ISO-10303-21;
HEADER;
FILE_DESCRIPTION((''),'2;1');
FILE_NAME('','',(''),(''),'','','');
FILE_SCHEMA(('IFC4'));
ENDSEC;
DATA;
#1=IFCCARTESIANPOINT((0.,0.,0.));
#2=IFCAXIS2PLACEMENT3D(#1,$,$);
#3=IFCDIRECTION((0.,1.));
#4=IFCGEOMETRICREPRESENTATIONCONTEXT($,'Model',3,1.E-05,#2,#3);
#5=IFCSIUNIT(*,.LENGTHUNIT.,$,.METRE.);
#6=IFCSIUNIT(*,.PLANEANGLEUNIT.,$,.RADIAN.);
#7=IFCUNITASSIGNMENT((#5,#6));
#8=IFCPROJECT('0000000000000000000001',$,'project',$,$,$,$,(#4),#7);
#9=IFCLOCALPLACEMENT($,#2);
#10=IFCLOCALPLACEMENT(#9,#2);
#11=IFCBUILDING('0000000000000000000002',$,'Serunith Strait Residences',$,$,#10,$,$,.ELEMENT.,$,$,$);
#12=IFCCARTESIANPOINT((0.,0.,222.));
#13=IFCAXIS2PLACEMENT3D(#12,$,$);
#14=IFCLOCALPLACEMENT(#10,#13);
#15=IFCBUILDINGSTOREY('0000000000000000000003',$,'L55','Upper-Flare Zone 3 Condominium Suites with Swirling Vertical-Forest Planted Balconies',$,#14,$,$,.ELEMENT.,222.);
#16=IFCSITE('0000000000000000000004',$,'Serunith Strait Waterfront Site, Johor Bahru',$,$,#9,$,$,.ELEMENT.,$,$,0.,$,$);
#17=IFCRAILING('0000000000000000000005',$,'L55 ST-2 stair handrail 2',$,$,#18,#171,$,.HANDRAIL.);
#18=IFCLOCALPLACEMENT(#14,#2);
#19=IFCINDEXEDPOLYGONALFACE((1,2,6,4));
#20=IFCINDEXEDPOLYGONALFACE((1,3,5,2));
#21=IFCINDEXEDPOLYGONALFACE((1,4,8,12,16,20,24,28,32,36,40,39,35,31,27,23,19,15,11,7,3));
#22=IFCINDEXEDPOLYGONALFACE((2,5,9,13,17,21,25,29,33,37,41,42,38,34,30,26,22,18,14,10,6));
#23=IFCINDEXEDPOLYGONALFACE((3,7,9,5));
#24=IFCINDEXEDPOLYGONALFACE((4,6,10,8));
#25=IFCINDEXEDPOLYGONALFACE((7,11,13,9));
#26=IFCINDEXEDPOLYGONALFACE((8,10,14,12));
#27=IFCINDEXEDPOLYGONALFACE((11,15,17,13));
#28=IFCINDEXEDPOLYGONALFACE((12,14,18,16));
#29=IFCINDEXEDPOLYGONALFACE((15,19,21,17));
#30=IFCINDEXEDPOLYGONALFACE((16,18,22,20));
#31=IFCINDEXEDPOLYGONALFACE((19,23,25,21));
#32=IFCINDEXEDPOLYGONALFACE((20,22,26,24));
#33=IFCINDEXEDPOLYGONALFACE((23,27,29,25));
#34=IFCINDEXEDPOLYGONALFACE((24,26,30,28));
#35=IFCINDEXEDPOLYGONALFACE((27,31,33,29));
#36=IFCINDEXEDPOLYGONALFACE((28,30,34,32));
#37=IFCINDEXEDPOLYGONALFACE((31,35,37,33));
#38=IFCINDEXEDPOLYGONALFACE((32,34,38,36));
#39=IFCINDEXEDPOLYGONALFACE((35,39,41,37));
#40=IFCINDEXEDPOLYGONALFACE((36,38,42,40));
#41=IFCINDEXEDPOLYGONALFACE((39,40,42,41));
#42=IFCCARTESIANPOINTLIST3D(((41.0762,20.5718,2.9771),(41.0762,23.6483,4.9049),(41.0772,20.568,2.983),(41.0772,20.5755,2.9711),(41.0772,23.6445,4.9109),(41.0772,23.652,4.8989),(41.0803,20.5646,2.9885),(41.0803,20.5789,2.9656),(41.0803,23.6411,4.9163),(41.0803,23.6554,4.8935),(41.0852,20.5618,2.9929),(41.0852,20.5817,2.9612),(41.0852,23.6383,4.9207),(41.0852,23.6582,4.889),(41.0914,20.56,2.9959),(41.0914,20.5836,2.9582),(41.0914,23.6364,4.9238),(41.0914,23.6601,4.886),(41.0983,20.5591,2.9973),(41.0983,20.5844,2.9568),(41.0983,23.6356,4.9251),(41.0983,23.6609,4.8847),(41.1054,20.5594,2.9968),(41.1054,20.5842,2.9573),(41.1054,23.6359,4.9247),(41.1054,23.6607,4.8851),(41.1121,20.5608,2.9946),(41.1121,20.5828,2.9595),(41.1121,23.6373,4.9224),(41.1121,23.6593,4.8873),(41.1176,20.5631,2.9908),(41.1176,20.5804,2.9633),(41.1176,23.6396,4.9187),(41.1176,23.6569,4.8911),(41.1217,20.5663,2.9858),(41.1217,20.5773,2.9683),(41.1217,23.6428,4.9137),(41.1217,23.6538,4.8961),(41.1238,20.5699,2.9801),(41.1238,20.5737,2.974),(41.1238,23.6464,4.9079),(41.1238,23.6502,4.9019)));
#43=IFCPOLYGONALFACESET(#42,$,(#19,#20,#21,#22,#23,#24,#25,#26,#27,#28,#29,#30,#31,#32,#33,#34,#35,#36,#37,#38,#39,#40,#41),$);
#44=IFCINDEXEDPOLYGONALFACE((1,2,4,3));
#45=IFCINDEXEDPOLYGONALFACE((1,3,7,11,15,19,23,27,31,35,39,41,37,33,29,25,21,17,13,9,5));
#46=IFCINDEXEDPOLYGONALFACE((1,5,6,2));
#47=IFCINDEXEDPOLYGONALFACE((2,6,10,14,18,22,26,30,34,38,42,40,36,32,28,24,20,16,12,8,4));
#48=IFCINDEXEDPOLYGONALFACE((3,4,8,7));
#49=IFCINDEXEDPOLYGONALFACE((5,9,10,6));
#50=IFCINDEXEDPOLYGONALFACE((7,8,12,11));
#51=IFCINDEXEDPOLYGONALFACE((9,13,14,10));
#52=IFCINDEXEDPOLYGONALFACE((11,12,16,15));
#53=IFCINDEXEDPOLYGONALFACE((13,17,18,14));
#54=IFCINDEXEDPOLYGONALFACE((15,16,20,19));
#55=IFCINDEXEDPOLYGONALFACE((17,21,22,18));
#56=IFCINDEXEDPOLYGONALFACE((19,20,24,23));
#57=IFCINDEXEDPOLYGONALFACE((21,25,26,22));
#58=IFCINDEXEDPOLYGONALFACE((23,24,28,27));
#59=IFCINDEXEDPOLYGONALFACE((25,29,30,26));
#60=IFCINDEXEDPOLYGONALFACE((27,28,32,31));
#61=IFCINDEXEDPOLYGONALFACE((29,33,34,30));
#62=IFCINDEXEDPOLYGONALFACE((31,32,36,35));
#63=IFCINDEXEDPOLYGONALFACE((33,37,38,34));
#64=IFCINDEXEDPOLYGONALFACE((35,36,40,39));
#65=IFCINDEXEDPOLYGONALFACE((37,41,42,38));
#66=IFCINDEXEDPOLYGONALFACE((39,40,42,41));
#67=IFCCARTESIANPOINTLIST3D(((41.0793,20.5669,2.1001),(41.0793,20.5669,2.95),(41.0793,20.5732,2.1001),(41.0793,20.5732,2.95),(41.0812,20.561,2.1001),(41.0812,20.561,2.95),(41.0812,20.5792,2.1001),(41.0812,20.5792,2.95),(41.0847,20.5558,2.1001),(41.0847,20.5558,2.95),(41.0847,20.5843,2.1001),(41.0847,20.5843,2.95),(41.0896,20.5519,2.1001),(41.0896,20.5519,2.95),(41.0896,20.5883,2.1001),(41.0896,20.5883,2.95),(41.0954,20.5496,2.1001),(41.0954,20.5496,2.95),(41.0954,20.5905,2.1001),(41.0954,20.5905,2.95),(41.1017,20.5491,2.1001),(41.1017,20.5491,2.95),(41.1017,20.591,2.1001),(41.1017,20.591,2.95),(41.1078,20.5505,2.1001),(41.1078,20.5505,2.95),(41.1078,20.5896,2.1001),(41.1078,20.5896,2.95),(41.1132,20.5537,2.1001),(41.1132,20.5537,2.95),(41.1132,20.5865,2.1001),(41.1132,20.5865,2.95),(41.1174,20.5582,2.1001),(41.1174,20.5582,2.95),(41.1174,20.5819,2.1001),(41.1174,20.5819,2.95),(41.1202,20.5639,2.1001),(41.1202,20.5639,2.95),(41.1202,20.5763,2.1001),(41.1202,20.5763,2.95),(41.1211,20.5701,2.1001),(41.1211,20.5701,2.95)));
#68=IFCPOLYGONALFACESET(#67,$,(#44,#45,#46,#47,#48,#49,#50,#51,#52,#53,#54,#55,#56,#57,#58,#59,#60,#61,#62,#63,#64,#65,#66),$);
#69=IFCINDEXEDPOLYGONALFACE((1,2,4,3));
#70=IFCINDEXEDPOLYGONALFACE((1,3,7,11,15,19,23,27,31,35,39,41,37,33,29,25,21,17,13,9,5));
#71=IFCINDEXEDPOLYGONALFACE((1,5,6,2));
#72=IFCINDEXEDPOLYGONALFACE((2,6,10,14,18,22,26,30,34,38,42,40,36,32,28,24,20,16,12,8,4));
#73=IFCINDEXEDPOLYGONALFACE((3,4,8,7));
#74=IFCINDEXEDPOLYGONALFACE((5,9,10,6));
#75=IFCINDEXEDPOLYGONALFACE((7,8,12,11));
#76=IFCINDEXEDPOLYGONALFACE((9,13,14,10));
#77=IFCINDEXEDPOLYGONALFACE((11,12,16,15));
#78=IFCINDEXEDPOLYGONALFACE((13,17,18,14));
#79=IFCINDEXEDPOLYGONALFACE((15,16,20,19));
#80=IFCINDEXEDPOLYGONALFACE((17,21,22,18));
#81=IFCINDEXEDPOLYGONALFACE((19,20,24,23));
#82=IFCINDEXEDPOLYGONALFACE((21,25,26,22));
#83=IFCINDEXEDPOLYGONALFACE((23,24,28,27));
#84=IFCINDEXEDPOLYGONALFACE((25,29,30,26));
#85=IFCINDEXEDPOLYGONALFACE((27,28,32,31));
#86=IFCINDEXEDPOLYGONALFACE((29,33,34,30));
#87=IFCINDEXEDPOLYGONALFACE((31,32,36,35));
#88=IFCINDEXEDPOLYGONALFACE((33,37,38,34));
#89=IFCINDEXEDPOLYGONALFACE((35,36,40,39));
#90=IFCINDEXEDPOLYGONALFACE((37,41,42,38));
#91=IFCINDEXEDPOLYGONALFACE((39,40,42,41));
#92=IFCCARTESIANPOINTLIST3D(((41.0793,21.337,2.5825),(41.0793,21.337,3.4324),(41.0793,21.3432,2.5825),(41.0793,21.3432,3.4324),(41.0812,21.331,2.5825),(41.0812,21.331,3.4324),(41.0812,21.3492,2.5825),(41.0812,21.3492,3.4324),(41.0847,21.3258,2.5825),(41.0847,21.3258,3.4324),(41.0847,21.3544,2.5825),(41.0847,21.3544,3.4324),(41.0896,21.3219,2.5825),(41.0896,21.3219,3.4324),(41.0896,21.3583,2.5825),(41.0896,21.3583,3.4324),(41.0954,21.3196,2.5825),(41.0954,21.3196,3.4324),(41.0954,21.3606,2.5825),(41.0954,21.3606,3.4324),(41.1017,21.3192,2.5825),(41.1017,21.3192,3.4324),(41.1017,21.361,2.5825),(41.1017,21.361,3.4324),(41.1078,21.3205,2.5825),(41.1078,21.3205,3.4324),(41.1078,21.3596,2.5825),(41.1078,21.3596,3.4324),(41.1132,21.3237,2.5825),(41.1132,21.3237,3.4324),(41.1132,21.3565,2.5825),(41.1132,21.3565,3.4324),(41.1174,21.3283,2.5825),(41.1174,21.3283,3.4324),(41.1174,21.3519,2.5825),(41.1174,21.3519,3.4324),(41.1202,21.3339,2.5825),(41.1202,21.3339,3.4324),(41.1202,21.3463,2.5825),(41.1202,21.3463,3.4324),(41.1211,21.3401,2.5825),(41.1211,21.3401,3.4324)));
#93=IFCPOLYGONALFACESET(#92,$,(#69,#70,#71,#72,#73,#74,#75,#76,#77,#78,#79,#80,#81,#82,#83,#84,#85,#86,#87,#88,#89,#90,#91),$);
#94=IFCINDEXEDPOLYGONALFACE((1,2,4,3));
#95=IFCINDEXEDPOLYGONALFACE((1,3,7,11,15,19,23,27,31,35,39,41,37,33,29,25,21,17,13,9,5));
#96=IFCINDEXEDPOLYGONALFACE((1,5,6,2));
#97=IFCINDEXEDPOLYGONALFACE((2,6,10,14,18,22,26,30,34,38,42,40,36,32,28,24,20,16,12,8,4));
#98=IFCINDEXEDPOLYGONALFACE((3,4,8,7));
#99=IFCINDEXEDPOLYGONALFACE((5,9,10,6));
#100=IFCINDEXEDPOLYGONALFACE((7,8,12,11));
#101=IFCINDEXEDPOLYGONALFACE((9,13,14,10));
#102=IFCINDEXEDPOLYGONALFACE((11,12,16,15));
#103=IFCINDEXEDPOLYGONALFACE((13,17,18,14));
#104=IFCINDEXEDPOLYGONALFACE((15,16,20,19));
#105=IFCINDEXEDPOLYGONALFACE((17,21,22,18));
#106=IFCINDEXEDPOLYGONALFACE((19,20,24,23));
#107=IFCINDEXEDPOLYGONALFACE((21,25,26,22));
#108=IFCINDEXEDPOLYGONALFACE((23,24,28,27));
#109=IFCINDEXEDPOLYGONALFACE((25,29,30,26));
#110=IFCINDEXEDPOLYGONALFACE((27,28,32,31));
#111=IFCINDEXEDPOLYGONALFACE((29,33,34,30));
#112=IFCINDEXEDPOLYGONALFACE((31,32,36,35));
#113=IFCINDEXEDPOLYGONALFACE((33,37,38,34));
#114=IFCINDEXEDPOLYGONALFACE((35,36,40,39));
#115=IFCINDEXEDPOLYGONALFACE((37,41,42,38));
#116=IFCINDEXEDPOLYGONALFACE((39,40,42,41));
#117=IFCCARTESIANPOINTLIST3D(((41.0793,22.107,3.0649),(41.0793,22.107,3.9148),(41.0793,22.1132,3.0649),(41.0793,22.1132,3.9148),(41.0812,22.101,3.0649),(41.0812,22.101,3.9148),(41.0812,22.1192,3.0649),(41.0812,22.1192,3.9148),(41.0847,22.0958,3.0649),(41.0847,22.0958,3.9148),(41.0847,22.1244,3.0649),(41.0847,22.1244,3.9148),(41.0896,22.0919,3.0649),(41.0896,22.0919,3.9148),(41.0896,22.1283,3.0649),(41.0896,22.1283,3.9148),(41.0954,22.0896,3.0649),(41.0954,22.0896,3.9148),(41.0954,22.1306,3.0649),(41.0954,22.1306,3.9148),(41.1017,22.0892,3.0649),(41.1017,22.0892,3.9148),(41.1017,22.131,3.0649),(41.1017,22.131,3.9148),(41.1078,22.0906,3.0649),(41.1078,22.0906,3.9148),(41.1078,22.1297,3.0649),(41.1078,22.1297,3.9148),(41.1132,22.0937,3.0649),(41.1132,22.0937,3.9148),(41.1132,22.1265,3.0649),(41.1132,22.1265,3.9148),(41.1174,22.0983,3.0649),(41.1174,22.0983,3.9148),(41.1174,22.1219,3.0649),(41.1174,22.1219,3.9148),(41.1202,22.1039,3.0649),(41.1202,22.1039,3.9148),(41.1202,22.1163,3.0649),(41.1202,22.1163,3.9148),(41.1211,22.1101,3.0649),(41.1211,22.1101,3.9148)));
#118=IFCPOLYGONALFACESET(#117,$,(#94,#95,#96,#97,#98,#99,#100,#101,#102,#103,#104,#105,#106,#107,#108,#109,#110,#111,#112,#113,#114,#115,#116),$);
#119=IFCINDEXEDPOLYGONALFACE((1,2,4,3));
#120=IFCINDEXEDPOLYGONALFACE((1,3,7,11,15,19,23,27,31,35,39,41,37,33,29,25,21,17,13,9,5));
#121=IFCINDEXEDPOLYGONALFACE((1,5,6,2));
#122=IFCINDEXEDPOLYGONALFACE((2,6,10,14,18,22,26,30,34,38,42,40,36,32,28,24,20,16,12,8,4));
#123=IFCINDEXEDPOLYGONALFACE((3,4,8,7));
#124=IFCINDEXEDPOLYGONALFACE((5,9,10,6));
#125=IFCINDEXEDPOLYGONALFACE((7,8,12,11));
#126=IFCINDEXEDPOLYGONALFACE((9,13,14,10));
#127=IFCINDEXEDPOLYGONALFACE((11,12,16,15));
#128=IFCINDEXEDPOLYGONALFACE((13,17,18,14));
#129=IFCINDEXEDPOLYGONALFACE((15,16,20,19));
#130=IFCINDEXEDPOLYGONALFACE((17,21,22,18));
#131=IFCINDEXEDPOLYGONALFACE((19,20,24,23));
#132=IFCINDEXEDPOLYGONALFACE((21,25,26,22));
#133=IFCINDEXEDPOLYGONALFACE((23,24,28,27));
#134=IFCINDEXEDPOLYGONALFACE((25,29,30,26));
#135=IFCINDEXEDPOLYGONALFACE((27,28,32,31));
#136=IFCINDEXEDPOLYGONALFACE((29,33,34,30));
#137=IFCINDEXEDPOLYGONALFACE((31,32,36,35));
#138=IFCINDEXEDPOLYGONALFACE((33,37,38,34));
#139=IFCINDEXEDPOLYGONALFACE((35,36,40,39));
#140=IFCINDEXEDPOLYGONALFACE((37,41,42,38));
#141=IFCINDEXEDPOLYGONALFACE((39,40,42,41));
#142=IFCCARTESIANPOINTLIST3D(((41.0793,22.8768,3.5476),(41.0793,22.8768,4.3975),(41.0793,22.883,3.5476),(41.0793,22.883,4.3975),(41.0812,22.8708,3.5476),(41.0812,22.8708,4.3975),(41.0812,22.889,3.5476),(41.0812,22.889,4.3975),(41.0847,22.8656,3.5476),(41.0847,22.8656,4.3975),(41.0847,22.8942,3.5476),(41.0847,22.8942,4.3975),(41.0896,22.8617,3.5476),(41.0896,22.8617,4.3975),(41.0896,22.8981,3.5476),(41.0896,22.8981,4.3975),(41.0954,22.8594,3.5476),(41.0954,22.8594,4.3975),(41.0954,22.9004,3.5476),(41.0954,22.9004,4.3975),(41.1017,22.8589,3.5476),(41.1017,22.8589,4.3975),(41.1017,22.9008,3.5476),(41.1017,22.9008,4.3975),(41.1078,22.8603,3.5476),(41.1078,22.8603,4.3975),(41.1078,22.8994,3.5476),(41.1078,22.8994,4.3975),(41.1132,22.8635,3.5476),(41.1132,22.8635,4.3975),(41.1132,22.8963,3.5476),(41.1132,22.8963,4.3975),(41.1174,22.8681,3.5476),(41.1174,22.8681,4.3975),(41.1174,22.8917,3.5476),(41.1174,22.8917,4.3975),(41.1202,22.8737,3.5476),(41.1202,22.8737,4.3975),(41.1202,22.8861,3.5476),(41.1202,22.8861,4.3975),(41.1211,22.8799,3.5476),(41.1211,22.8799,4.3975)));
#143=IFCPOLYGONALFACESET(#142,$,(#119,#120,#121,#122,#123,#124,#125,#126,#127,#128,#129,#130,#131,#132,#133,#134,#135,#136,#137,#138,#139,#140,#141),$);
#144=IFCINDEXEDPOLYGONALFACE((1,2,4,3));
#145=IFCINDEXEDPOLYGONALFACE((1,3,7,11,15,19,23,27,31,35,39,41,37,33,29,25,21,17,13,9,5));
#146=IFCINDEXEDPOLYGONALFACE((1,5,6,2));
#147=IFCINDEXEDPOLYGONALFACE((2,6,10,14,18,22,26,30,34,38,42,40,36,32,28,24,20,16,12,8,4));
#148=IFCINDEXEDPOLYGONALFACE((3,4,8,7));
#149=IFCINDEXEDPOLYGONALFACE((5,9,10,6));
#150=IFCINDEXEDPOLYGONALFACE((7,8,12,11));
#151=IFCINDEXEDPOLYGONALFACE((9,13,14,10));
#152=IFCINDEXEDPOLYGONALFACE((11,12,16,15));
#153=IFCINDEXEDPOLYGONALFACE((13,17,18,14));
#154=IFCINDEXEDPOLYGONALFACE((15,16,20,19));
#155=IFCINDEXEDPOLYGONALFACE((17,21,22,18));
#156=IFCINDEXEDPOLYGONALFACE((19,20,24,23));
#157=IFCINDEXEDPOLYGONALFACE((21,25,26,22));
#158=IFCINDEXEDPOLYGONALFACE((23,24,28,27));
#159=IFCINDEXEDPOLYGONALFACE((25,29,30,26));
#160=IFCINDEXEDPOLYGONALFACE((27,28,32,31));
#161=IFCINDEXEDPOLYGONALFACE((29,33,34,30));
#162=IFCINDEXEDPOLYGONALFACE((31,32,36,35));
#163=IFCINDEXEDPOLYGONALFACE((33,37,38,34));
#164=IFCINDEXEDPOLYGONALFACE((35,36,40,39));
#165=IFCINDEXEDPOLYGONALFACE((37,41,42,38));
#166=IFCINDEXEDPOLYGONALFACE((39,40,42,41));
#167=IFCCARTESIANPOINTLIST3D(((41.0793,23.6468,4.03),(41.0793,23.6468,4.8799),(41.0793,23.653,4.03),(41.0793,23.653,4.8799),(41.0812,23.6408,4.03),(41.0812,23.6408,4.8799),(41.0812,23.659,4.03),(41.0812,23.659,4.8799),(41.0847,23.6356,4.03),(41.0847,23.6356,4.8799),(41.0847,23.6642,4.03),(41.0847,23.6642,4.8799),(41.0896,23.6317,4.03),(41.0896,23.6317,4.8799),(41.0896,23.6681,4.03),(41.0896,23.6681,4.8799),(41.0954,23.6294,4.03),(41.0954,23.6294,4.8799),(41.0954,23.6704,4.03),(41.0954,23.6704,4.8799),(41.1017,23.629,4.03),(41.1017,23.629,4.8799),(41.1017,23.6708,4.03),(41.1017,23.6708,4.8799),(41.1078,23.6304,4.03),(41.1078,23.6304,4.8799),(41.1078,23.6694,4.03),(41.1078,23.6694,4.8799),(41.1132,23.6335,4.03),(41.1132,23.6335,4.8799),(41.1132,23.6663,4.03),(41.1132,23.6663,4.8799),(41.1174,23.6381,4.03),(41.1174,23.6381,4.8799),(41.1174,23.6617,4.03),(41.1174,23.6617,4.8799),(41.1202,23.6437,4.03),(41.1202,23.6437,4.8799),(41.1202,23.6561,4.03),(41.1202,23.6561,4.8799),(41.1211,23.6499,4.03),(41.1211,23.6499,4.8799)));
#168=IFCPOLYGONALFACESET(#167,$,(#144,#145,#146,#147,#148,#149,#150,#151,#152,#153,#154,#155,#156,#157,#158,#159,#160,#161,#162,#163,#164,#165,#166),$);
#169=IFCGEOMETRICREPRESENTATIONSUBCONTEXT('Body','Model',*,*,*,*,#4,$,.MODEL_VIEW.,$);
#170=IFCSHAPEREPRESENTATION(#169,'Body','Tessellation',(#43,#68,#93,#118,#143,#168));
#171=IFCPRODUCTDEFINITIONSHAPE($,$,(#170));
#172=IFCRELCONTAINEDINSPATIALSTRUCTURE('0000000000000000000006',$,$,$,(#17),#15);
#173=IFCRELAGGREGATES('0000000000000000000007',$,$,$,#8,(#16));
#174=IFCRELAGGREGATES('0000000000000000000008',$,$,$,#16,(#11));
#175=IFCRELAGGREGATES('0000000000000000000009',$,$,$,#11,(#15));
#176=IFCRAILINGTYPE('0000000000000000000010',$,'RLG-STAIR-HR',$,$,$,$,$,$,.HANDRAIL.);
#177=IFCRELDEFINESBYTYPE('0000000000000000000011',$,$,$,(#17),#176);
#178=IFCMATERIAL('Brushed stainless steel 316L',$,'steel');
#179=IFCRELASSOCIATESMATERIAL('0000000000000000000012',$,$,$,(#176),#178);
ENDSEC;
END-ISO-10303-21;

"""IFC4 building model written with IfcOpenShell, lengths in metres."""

from ifc_helpers import new_model, si_unit, direction, frame, origin, origin_2d, place, context, subcontext, project, spatial, circle, extrude, material, type_object, element, save


model = new_model("IFC4")

# Units and contexts
model_context = context("Model", 3, precision=1e-05, world=origin(), true_north=direction((0.0, 1.0)))
body_context = subcontext(model_context, "Body", "Model", "MODEL_VIEW")
ifc_project = project(units=[si_unit("LENGTHUNIT", "METRE"), si_unit("PLANEANGLEUNIT", "RADIAN")], contexts=[model_context])

# Site, building, storey
site_placement = place(None, origin())
site = spatial("IfcSite", under=ifc_project, at=site_placement, Name="Serunith Strait Waterfront Site, Johor Bahru", CompositionType="ELEMENT", RefElevation=0.0)
building_placement = place(site_placement, origin())
building = spatial("IfcBuilding", under=site, at=building_placement, Name="Serunith Strait Residences", CompositionType="ELEMENT")
storey_placement = place(building_placement, frame((0.0, 0.0, 222.0)))
storey = spatial("IfcBuildingStorey", under=building, at=storey_placement, Name="L55", Description="Upper-Flare Zone 3 Condominium Suites with Swirling Vertical-Forest Planted Balconies", CompositionType="ELEMENT", Elevation=222.0)

# Railing
ifc_material_1 = material(Name="Brushed stainless steel 316L", Category="steel")
railing_type_1 = type_object("IfcRailingType", Name="RLG-STAIR-HR", PredefinedType="HANDRAIL", material=ifc_material_1)
railing_1_placement = place(storey_placement, frame((41.1001, 20.5701, 2.1001)))
element("IfcRailing", 1, at=railing_1_placement, inside=storey, type_object=railing_type_1, Name="L55 ST-2 stair handrail 2", PredefinedType="HANDRAIL", context=body_context, shape_type="SweptSolid", body=[
    extrude(circle(Radius=0.0239, at=origin_2d()), frame((0.0, 0.0017, 0.877), z_axis=(0.0, 0.847375, 0.530995), x_axis=(-1.0, 0.0, 0.0)), (0.0, 0.0, 1.0), 3.6306),
    extrude(circle(Radius=0.021, at=origin_2d()), origin(), (0.0, 0.0, 1.0), 0.8499),
    extrude(circle(Radius=0.021, at=origin_2d()), frame((0.0, 0.77, 0.4824)), (0.0, 0.0, 1.0), 0.8499),
    extrude(circle(Radius=0.021, at=origin_2d()), frame((0.0, 1.54, 0.9648)), (0.0, 0.0, 1.0), 0.8499),
    extrude(circle(Radius=0.021, at=origin_2d()), frame((0.0, 2.3098, 1.4475)), (0.0, 0.0, 1.0), 0.8499),
    extrude(circle(Radius=0.021, at=origin_2d()), frame((0.0, 3.0798, 1.9299)), (0.0, 0.0, 1.0), 0.8499),
])

save(model, "model.ifc")
